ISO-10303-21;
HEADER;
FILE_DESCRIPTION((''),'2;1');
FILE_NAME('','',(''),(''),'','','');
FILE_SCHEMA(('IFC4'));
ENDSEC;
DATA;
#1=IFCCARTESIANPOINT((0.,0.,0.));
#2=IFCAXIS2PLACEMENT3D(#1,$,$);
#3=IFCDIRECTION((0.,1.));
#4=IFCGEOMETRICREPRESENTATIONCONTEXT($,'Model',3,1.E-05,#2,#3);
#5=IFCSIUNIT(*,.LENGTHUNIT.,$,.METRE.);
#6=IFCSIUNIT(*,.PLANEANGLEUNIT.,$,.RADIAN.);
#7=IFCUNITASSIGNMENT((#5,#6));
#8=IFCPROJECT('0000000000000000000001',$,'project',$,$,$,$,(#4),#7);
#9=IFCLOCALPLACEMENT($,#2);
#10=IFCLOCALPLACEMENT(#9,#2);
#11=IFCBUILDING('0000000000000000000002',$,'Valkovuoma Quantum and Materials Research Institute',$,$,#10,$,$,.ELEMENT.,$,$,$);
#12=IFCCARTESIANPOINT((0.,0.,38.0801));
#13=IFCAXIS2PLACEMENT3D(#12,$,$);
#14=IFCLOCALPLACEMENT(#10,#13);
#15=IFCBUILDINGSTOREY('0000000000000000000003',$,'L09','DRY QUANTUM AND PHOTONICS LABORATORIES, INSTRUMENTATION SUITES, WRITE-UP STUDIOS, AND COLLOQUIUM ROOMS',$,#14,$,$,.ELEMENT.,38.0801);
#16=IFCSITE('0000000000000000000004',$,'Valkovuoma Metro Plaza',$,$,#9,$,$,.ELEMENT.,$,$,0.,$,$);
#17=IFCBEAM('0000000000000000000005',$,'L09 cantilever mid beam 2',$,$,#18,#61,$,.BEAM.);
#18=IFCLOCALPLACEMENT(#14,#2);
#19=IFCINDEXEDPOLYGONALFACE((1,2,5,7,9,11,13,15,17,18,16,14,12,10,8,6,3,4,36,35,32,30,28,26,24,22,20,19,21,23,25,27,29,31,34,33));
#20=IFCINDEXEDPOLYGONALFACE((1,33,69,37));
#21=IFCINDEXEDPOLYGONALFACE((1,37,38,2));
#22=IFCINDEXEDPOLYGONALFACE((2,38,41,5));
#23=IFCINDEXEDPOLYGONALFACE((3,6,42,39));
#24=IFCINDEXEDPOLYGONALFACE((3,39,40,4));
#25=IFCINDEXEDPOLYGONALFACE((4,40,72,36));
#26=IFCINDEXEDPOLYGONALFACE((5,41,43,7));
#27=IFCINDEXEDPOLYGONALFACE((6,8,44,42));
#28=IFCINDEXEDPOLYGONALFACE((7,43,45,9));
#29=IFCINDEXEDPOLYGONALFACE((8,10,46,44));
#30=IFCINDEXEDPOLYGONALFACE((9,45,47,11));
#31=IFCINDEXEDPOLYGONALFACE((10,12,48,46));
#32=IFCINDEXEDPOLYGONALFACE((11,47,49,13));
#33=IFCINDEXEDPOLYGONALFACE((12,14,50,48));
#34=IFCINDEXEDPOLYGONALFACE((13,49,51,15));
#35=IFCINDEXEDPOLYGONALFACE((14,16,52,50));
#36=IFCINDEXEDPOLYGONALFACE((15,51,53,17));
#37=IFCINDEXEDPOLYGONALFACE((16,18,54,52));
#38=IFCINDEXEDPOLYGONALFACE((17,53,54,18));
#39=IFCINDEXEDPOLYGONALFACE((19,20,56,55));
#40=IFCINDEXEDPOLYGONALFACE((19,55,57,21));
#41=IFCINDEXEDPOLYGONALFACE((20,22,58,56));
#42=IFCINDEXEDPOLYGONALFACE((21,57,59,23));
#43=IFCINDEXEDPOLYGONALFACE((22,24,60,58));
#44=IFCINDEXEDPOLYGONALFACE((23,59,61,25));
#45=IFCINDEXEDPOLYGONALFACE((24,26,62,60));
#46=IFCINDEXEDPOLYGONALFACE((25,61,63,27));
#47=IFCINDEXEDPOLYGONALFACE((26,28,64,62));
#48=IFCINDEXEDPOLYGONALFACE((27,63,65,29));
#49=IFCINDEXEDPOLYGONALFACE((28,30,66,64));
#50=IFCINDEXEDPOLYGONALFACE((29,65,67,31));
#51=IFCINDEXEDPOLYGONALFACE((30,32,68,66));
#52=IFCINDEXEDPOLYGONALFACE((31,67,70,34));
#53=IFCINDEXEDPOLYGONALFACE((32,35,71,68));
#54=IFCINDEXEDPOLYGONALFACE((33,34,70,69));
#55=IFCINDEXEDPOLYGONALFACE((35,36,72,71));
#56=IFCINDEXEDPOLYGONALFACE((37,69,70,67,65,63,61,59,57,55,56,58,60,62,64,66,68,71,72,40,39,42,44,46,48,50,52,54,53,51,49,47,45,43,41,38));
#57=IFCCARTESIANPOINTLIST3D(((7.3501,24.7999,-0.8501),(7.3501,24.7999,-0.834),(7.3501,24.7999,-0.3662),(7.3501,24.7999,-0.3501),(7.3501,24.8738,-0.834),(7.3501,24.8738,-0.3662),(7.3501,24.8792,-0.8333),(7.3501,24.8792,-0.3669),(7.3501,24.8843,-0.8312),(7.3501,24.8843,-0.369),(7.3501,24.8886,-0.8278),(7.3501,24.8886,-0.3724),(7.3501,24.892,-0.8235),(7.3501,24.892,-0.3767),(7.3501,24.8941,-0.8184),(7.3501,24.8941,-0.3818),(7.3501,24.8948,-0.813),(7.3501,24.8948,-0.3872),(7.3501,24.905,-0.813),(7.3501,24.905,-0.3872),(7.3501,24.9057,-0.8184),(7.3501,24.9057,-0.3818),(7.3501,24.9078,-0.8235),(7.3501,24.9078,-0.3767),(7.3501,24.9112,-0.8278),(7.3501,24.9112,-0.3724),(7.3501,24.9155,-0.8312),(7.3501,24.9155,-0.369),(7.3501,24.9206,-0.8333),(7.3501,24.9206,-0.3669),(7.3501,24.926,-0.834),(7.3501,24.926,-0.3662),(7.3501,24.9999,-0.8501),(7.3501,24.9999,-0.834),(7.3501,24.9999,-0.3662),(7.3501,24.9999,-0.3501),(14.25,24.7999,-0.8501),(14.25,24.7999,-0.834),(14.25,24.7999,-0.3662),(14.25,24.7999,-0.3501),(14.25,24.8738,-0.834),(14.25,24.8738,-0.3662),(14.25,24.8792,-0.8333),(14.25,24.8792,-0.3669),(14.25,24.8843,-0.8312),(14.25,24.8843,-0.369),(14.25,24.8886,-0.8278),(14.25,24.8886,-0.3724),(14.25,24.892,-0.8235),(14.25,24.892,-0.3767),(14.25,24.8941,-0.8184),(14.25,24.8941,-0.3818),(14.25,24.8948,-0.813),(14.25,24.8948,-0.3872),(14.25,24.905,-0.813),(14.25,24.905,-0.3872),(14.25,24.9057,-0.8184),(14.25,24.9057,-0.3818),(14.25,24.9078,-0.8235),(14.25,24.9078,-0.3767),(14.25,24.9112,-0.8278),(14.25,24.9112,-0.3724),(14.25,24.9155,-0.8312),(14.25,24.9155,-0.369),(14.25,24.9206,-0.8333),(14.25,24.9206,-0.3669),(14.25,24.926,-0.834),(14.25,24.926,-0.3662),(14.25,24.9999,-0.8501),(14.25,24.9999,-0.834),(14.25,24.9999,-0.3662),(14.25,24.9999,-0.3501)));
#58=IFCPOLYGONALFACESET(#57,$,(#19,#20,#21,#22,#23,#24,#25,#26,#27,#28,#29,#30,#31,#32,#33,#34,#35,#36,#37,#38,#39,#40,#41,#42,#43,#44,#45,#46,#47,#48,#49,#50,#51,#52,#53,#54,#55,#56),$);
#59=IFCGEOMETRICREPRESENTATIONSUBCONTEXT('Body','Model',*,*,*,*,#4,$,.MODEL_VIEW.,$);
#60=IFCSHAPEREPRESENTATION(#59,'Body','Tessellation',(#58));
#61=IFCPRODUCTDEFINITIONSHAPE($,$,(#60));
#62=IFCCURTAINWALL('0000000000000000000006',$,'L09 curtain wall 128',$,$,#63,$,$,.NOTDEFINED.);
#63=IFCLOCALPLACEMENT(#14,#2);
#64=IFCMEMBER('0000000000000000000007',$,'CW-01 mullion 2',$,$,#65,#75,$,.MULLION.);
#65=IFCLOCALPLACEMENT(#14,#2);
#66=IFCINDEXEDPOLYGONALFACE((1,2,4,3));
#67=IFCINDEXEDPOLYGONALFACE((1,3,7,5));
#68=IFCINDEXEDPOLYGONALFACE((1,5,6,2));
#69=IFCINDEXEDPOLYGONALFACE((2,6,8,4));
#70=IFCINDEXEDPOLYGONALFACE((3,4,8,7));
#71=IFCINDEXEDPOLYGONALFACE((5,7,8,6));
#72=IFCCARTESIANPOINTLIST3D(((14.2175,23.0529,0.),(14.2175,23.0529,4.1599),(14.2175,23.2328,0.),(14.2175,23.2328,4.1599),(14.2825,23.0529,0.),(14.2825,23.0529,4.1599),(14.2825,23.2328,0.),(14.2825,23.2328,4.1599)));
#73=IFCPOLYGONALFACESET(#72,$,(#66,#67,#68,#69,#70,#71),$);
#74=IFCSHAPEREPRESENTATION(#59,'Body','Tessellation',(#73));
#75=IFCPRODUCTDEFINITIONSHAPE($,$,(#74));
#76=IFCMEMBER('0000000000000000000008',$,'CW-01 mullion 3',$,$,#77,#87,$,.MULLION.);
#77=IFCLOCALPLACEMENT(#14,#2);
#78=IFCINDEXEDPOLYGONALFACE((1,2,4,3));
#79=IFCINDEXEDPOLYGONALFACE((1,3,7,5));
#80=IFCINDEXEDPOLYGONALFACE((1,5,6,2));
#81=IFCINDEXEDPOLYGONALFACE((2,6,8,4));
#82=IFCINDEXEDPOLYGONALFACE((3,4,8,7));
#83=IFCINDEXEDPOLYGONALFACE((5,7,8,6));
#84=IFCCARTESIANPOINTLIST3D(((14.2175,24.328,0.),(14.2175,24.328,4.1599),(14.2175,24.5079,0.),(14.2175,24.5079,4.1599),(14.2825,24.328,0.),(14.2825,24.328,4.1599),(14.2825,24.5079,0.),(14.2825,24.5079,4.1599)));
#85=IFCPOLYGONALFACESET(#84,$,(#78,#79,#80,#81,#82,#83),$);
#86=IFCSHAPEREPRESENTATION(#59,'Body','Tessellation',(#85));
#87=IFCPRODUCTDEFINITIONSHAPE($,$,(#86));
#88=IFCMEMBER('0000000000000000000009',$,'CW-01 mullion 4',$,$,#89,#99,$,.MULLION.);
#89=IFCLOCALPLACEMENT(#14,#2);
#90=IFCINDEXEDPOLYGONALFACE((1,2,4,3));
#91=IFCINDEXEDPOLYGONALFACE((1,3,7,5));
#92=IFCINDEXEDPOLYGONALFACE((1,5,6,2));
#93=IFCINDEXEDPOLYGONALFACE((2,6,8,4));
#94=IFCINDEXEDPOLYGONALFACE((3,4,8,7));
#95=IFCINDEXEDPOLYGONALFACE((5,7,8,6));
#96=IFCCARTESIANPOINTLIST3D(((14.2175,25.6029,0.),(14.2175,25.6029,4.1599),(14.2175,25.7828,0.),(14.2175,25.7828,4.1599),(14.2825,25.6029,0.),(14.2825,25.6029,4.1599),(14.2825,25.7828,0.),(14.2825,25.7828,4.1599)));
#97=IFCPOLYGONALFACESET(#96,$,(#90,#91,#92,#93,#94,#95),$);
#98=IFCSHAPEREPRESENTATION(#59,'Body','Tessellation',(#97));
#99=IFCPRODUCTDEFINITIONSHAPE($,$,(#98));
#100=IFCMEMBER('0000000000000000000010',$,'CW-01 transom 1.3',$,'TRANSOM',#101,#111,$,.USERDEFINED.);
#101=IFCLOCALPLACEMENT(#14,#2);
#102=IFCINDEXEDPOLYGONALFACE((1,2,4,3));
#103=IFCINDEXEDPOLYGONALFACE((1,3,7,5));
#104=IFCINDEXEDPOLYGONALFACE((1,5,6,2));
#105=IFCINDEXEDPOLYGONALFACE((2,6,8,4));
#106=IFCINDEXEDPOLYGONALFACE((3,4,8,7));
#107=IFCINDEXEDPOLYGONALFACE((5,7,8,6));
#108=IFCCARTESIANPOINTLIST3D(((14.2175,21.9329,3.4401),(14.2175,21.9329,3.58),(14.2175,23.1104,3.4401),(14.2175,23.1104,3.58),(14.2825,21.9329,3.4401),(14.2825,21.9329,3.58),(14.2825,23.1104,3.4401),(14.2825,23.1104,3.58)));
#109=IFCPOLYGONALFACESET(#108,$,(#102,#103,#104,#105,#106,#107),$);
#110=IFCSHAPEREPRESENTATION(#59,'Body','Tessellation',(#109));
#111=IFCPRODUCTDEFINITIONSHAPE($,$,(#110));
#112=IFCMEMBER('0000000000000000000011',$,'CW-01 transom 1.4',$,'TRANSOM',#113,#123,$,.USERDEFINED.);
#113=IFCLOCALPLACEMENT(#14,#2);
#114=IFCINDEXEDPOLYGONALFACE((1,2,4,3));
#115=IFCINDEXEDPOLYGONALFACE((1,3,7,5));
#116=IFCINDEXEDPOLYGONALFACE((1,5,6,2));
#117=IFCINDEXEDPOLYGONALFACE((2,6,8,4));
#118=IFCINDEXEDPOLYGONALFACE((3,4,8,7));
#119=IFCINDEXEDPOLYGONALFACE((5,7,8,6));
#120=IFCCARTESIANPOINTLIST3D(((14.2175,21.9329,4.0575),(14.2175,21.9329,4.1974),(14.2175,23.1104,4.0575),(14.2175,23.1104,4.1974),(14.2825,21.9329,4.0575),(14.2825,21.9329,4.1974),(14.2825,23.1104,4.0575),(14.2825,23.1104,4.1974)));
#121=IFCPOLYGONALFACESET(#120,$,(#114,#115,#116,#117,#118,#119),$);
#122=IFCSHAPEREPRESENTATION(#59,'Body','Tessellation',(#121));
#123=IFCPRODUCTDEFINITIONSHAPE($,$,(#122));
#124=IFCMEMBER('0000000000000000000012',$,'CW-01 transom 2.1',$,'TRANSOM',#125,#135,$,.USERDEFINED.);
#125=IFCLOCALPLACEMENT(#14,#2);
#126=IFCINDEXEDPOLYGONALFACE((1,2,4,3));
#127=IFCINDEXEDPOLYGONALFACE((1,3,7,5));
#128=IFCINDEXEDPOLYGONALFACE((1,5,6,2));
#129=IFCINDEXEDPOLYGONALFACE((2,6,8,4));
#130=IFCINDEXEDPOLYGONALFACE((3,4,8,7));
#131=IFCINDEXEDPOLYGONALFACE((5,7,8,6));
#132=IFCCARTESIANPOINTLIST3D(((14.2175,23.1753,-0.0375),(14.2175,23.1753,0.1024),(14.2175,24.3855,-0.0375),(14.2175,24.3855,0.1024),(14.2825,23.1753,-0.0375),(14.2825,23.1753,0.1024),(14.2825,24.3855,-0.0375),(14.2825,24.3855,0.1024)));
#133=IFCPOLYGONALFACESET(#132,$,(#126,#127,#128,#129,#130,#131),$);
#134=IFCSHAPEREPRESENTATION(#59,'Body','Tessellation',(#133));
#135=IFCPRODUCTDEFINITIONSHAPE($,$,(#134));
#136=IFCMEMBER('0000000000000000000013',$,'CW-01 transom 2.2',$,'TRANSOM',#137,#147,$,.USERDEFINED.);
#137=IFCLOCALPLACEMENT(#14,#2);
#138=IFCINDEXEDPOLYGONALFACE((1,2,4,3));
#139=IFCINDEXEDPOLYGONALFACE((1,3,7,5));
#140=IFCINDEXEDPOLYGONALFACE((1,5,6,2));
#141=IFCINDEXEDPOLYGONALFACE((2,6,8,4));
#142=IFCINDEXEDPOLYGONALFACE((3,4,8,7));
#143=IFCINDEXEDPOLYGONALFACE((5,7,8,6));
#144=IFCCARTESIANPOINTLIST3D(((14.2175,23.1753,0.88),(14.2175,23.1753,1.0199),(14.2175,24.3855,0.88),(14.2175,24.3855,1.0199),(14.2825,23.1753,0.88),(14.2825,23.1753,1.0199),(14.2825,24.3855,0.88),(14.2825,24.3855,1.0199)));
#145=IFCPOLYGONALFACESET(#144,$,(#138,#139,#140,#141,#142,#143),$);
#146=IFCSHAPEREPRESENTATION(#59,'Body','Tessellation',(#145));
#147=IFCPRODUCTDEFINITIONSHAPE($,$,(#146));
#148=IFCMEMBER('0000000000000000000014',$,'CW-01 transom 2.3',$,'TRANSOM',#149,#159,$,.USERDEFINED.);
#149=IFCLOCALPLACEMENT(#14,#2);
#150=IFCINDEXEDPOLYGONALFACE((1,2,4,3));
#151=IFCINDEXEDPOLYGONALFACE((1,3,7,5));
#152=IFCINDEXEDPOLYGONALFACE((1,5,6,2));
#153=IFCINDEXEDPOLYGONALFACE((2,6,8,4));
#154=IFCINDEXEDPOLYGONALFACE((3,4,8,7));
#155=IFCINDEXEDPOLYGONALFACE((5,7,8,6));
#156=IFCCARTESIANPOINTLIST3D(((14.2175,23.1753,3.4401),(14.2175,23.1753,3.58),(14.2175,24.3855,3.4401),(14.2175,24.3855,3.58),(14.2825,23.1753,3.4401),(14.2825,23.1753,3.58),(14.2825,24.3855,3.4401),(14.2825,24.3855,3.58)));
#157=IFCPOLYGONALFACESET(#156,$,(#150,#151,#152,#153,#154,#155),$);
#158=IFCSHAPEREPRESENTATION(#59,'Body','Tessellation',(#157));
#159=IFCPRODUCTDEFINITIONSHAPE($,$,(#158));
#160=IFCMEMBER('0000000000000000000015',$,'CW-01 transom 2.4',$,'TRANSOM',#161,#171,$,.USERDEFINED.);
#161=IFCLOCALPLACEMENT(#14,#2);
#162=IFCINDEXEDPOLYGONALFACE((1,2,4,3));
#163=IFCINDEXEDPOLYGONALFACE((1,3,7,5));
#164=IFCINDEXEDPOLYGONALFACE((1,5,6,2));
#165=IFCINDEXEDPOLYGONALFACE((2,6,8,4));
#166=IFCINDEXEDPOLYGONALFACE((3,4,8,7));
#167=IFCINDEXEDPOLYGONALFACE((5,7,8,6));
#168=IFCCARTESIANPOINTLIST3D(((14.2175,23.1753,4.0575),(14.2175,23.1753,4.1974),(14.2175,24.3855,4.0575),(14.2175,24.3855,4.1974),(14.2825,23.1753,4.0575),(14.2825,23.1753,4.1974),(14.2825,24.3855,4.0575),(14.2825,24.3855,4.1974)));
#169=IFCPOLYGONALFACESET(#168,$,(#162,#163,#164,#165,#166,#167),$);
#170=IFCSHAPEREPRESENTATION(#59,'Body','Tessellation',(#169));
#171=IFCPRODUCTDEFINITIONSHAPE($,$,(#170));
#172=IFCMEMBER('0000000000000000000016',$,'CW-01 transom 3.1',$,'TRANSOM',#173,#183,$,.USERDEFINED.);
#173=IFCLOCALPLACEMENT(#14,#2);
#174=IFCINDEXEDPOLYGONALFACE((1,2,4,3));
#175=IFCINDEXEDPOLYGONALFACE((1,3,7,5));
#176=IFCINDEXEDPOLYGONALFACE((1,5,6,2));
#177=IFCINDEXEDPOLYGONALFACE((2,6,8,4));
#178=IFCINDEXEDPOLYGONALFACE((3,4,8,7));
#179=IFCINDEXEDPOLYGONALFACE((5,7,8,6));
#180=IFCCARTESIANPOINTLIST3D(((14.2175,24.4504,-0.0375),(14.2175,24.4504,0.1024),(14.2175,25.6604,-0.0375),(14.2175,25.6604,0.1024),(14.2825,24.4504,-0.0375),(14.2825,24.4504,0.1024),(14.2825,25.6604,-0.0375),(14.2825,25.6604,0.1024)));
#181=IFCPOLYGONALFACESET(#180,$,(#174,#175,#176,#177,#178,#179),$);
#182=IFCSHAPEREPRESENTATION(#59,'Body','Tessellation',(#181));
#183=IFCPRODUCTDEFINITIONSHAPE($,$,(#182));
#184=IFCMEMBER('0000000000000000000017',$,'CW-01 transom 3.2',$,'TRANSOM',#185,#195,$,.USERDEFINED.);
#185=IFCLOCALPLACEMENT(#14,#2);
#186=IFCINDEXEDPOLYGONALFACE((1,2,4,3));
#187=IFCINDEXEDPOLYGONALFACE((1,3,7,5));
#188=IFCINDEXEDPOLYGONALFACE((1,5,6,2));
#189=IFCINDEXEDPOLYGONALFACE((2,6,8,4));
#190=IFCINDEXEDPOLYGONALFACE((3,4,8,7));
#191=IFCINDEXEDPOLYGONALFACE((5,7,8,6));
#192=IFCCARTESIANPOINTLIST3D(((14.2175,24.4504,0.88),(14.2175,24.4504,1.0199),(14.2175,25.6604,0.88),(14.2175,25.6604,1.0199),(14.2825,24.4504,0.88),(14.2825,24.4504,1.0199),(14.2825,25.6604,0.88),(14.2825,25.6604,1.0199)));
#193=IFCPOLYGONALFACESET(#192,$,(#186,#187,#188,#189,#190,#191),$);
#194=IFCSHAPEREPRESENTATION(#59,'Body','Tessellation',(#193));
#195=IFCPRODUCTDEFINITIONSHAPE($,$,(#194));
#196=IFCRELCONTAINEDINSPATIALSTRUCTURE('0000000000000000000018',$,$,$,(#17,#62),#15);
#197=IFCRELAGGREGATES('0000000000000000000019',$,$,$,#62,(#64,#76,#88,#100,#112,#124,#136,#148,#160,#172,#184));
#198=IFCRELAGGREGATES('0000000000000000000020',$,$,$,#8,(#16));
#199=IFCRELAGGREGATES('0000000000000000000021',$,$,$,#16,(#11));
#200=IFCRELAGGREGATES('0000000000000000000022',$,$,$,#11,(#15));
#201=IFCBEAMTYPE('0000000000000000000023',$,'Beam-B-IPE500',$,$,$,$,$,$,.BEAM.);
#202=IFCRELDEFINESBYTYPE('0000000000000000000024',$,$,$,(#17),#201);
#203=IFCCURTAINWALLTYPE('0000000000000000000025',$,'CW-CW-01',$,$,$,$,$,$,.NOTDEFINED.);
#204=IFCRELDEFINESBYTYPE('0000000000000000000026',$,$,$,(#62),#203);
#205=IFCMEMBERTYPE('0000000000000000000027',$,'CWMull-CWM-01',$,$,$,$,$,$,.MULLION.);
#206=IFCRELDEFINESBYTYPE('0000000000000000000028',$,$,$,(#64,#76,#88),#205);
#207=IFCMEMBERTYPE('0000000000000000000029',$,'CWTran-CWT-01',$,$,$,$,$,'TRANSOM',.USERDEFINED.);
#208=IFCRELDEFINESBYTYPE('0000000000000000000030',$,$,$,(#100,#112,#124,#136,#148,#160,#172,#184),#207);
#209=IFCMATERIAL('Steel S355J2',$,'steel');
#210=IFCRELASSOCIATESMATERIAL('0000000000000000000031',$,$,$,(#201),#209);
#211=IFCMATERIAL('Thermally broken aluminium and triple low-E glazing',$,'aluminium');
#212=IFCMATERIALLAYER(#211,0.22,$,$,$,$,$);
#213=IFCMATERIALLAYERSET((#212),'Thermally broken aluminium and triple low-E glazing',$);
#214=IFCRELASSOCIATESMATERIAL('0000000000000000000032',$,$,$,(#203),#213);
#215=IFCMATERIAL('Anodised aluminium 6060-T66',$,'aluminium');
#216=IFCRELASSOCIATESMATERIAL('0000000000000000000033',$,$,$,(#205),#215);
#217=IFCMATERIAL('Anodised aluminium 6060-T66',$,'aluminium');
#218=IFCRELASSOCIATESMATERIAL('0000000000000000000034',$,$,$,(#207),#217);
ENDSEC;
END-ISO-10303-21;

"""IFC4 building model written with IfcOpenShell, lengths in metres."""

from ifc_helpers import new_model, si_unit, direction, frame, origin, origin_2d, place, context, subcontext, project, spatial, rectangle, i_section, extrude, material, layer, layer_set, material_profile, profile_set, type_object, element, aggregate, save


model = new_model("IFC4")

# Units and contexts
model_context = context("Model", 3, precision=1e-05, world=origin(), true_north=direction((0.0, 1.0)))
body_context = subcontext(model_context, "Body", "Model", "MODEL_VIEW")
ifc_project = project(units=[si_unit("LENGTHUNIT", "METRE"), si_unit("PLANEANGLEUNIT", "RADIAN")], contexts=[model_context])

# Site, building, storey
site_placement = place(None, origin())
site = spatial("IfcSite", under=ifc_project, at=site_placement, Name="Valkovuoma Metro Plaza", CompositionType="ELEMENT", RefElevation=0.0)
building_placement = place(site_placement, origin())
building = spatial("IfcBuilding", under=site, at=building_placement, Name="Valkovuoma Quantum and Materials Research Institute", CompositionType="ELEMENT")
storey_placement = place(building_placement, frame((0.0, 0.0, 38.0801)))
storey = spatial("IfcBuildingStorey", under=building, at=storey_placement, Name="L09", Description="DRY QUANTUM AND PHOTONICS LABORATORIES, INSTRUMENTATION SUITES, WRITE-UP STUDIOS, AND COLLOQUIUM ROOMS", CompositionType="ELEMENT", Elevation=38.0801)

# Beam
ifc_material_1 = material(Name="Steel S355J2", Category="steel")
ifc_material_profile_1 = material_profile(ifc_material_1, i_section(OverallWidth=0.2, OverallDepth=0.5, WebThickness=0.0103, FlangeThickness=0.0161, FilletRadius=0.021, at=origin_2d()), Name="Steel S355J2")
ifc_profile_set_1 = profile_set([ifc_material_profile_1], Name="Steel S355J2")
beam_type = type_object("IfcBeamType", Name="Beam-B-IPE500", PredefinedType="BEAM", material=ifc_profile_set_1)
beam_placement = place(storey_placement, frame((7.3501, 24.8999, -0.6001), z_axis=(1.0, 0.0, 0.0), x_axis=(0.0, 1.0, 0.0)))
element("IfcBeam", 1, at=beam_placement, inside=storey, type_object=beam_type, Name="L09 cantilever mid beam 2", PredefinedType="BEAM", context=body_context, shape_type="SweptSolid", body=[
    extrude(i_section(OverallWidth=0.2, OverallDepth=0.5, WebThickness=0.0103, FlangeThickness=0.0161, FilletRadius=0.021, at=origin_2d()), origin(), (0.0, 0.0, 1.0), 6.8999),
])

# Curtain wall, members
ifc_material_2 = material(Name="Thermally broken aluminium and triple low-E glazing", Category="aluminium")
ifc_layer_1 = layer(ifc_material_2, 0.22)
ifc_layer_set_1 = layer_set([ifc_layer_1], Name="Thermally broken aluminium and triple low-E glazing")
curtain_wall_type = type_object("IfcCurtainWallType", Name="CW-CW-01", PredefinedType="NOTDEFINED", material=ifc_layer_set_1)
curtain_wall_placement = place(storey_placement, origin())
curtain_wall = element("IfcCurtainWall", 2, at=curtain_wall_placement, inside=storey, type_object=curtain_wall_type, Name="L09 curtain wall 128", PredefinedType="NOTDEFINED")
ifc_material_3 = material(Name="Anodised aluminium 6060-T66", Category="aluminium")
ifc_material_profile_2 = material_profile(ifc_material_3, rectangle(XDim=0.0649, YDim=0.1799, at=origin_2d()), Name="Anodised aluminium 6060-T66")
ifc_profile_set_2 = profile_set([ifc_material_profile_2], Name="Anodised aluminium 6060-T66")
member_type_1 = type_object("IfcMemberType", Name="CWMull-CWM-01", PredefinedType="MULLION", material=ifc_profile_set_2)
member_1_placement = place(storey_placement, frame((14.25, 23.1428, 0.0), z_axis=(0.0, 0.0, 1.0), x_axis=(-1.0, 0.0, 0.0)))
member_1 = element("IfcMember", 3, at=member_1_placement, type_object=member_type_1, Name="CW-01 mullion 2", PredefinedType="MULLION", context=body_context, shape_type="SweptSolid", body=[
    extrude(rectangle(XDim=0.0649, YDim=0.1799, at=origin_2d()), origin(), (0.0, 0.0, 1.0), 4.1599),
])
member_2_placement = place(storey_placement, frame((14.25, 24.418, 0.0), z_axis=(0.0, 0.0, 1.0), x_axis=(-1.0, 0.0, 0.0)))
member_2 = element("IfcMember", 4, at=member_2_placement, type_object=member_type_1, Name="CW-01 mullion 3", PredefinedType="MULLION", context=body_context, shape_type="SweptSolid", body=[
    extrude(rectangle(XDim=0.0649, YDim=0.1799, at=origin_2d()), origin(), (0.0, 0.0, 1.0), 4.1599),
])
member_3_placement = place(storey_placement, frame((14.25, 25.6929, 0.0), z_axis=(0.0, 0.0, 1.0), x_axis=(-1.0, 0.0, 0.0)))
member_3 = element("IfcMember", 5, at=member_3_placement, type_object=member_type_1, Name="CW-01 mullion 4", PredefinedType="MULLION", context=body_context, shape_type="SweptSolid", body=[
    extrude(rectangle(XDim=0.0649, YDim=0.1799, at=origin_2d()), origin(), (0.0, 0.0, 1.0), 4.1599),
])
ifc_material_4 = material(Name="Anodised aluminium 6060-T66", Category="aluminium")
ifc_material_profile_3 = material_profile(ifc_material_4, rectangle(XDim=0.0649, YDim=0.1399, at=origin_2d()), Name="Anodised aluminium 6060-T66")
ifc_profile_set_3 = profile_set([ifc_material_profile_3], Name="Anodised aluminium 6060-T66")
member_type_2 = type_object("IfcMemberType", Name="CWTran-CWT-01", ElementType="TRANSOM", PredefinedType="USERDEFINED", material=ifc_profile_set_3)
member_4_placement = place(storey_placement, frame((14.25, 21.9329, 3.51), z_axis=(0.0, 1.0, 0.0), x_axis=(-1.0, 0.0, 0.0)))
member_4 = element("IfcMember", 6, at=member_4_placement, type_object=member_type_2, Name="CW-01 transom 1.3", ObjectType="TRANSOM", PredefinedType="USERDEFINED", context=body_context, shape_type="SweptSolid", body=[
    extrude(rectangle(XDim=0.0649, YDim=0.1399, at=origin_2d()), origin(), (0.0, 0.0, 1.0), 1.1775),
])
member_5_placement = place(storey_placement, frame((14.25, 21.9329, 4.1274), z_axis=(0.0, 1.0, 0.0), x_axis=(-1.0, 0.0, 0.0)))
member_5 = element("IfcMember", 7, at=member_5_placement, type_object=member_type_2, Name="CW-01 transom 1.4", ObjectType="TRANSOM", PredefinedType="USERDEFINED", context=body_context, shape_type="SweptSolid", body=[
    extrude(rectangle(XDim=0.0649, YDim=0.1399, at=origin_2d()), origin(), (0.0, 0.0, 1.0), 1.1775),
])
member_6_placement = place(storey_placement, frame((14.25, 23.1753, 0.0325), z_axis=(0.0, 1.0, 0.0), x_axis=(-1.0, 0.0, 0.0)))
member_6 = element("IfcMember", 8, at=member_6_placement, type_object=member_type_2, Name="CW-01 transom 2.1", ObjectType="TRANSOM", PredefinedType="USERDEFINED", context=body_context, shape_type="SweptSolid", body=[
    extrude(rectangle(XDim=0.0649, YDim=0.1399, at=origin_2d()), origin(), (0.0, 0.0, 1.0), 1.2102),
])
member_7_placement = place(storey_placement, frame((14.25, 23.1753, 0.95), z_axis=(0.0, 1.0, 0.0), x_axis=(-1.0, 0.0, 0.0)))
member_7 = element("IfcMember", 9, at=member_7_placement, type_object=member_type_2, Name="CW-01 transom 2.2", ObjectType="TRANSOM", PredefinedType="USERDEFINED", context=body_context, shape_type="SweptSolid", body=[
    extrude(rectangle(XDim=0.0649, YDim=0.1399, at=origin_2d()), origin(), (0.0, 0.0, 1.0), 1.2102),
])
member_8_placement = place(storey_placement, frame((14.25, 23.1753, 3.51), z_axis=(0.0, 1.0, 0.0), x_axis=(-1.0, 0.0, 0.0)))
member_8 = element("IfcMember", 10, at=member_8_placement, type_object=member_type_2, Name="CW-01 transom 2.3", ObjectType="TRANSOM", PredefinedType="USERDEFINED", context=body_context, shape_type="SweptSolid", body=[
    extrude(rectangle(XDim=0.0649, YDim=0.1399, at=origin_2d()), origin(), (0.0, 0.0, 1.0), 1.2102),
])
member_9_placement = place(storey_placement, frame((14.25, 23.1753, 4.1274), z_axis=(0.0, 1.0, 0.0), x_axis=(-1.0, 0.0, 0.0)))
member_9 = element("IfcMember", 11, at=member_9_placement, type_object=member_type_2, Name="CW-01 transom 2.4", ObjectType="TRANSOM", PredefinedType="USERDEFINED", context=body_context, shape_type="SweptSolid", body=[
    extrude(rectangle(XDim=0.0649, YDim=0.1399, at=origin_2d()), origin(), (0.0, 0.0, 1.0), 1.2102),
])
member_10_placement = place(storey_placement, frame((14.25, 24.4504, 0.0325), z_axis=(0.0, 1.0, 0.0), x_axis=(-1.0, 0.0, 0.0)))
member_10 = element("IfcMember", 12, at=member_10_placement, type_object=member_type_2, Name="CW-01 transom 3.1", ObjectType="TRANSOM", PredefinedType="USERDEFINED", context=body_context, shape_type="SweptSolid", body=[
    extrude(rectangle(XDim=0.0649, YDim=0.1399, at=origin_2d()), origin(), (0.0, 0.0, 1.0), 1.21),
])
member_11_placement = place(storey_placement, frame((14.25, 24.4504, 0.95), z_axis=(0.0, 1.0, 0.0), x_axis=(-1.0, 0.0, 0.0)))
member_11 = element("IfcMember", 13, at=member_11_placement, type_object=member_type_2, Name="CW-01 transom 3.2", ObjectType="TRANSOM", PredefinedType="USERDEFINED", context=body_context, shape_type="SweptSolid", body=[
    extrude(rectangle(XDim=0.0649, YDim=0.1399, at=origin_2d()), origin(), (0.0, 0.0, 1.0), 1.21),
])
aggregate(curtain_wall, [member_1, member_2, member_3, member_4, member_5, member_6, member_7, member_8, member_9, member_10, member_11])

save(model, "model.ifc")
